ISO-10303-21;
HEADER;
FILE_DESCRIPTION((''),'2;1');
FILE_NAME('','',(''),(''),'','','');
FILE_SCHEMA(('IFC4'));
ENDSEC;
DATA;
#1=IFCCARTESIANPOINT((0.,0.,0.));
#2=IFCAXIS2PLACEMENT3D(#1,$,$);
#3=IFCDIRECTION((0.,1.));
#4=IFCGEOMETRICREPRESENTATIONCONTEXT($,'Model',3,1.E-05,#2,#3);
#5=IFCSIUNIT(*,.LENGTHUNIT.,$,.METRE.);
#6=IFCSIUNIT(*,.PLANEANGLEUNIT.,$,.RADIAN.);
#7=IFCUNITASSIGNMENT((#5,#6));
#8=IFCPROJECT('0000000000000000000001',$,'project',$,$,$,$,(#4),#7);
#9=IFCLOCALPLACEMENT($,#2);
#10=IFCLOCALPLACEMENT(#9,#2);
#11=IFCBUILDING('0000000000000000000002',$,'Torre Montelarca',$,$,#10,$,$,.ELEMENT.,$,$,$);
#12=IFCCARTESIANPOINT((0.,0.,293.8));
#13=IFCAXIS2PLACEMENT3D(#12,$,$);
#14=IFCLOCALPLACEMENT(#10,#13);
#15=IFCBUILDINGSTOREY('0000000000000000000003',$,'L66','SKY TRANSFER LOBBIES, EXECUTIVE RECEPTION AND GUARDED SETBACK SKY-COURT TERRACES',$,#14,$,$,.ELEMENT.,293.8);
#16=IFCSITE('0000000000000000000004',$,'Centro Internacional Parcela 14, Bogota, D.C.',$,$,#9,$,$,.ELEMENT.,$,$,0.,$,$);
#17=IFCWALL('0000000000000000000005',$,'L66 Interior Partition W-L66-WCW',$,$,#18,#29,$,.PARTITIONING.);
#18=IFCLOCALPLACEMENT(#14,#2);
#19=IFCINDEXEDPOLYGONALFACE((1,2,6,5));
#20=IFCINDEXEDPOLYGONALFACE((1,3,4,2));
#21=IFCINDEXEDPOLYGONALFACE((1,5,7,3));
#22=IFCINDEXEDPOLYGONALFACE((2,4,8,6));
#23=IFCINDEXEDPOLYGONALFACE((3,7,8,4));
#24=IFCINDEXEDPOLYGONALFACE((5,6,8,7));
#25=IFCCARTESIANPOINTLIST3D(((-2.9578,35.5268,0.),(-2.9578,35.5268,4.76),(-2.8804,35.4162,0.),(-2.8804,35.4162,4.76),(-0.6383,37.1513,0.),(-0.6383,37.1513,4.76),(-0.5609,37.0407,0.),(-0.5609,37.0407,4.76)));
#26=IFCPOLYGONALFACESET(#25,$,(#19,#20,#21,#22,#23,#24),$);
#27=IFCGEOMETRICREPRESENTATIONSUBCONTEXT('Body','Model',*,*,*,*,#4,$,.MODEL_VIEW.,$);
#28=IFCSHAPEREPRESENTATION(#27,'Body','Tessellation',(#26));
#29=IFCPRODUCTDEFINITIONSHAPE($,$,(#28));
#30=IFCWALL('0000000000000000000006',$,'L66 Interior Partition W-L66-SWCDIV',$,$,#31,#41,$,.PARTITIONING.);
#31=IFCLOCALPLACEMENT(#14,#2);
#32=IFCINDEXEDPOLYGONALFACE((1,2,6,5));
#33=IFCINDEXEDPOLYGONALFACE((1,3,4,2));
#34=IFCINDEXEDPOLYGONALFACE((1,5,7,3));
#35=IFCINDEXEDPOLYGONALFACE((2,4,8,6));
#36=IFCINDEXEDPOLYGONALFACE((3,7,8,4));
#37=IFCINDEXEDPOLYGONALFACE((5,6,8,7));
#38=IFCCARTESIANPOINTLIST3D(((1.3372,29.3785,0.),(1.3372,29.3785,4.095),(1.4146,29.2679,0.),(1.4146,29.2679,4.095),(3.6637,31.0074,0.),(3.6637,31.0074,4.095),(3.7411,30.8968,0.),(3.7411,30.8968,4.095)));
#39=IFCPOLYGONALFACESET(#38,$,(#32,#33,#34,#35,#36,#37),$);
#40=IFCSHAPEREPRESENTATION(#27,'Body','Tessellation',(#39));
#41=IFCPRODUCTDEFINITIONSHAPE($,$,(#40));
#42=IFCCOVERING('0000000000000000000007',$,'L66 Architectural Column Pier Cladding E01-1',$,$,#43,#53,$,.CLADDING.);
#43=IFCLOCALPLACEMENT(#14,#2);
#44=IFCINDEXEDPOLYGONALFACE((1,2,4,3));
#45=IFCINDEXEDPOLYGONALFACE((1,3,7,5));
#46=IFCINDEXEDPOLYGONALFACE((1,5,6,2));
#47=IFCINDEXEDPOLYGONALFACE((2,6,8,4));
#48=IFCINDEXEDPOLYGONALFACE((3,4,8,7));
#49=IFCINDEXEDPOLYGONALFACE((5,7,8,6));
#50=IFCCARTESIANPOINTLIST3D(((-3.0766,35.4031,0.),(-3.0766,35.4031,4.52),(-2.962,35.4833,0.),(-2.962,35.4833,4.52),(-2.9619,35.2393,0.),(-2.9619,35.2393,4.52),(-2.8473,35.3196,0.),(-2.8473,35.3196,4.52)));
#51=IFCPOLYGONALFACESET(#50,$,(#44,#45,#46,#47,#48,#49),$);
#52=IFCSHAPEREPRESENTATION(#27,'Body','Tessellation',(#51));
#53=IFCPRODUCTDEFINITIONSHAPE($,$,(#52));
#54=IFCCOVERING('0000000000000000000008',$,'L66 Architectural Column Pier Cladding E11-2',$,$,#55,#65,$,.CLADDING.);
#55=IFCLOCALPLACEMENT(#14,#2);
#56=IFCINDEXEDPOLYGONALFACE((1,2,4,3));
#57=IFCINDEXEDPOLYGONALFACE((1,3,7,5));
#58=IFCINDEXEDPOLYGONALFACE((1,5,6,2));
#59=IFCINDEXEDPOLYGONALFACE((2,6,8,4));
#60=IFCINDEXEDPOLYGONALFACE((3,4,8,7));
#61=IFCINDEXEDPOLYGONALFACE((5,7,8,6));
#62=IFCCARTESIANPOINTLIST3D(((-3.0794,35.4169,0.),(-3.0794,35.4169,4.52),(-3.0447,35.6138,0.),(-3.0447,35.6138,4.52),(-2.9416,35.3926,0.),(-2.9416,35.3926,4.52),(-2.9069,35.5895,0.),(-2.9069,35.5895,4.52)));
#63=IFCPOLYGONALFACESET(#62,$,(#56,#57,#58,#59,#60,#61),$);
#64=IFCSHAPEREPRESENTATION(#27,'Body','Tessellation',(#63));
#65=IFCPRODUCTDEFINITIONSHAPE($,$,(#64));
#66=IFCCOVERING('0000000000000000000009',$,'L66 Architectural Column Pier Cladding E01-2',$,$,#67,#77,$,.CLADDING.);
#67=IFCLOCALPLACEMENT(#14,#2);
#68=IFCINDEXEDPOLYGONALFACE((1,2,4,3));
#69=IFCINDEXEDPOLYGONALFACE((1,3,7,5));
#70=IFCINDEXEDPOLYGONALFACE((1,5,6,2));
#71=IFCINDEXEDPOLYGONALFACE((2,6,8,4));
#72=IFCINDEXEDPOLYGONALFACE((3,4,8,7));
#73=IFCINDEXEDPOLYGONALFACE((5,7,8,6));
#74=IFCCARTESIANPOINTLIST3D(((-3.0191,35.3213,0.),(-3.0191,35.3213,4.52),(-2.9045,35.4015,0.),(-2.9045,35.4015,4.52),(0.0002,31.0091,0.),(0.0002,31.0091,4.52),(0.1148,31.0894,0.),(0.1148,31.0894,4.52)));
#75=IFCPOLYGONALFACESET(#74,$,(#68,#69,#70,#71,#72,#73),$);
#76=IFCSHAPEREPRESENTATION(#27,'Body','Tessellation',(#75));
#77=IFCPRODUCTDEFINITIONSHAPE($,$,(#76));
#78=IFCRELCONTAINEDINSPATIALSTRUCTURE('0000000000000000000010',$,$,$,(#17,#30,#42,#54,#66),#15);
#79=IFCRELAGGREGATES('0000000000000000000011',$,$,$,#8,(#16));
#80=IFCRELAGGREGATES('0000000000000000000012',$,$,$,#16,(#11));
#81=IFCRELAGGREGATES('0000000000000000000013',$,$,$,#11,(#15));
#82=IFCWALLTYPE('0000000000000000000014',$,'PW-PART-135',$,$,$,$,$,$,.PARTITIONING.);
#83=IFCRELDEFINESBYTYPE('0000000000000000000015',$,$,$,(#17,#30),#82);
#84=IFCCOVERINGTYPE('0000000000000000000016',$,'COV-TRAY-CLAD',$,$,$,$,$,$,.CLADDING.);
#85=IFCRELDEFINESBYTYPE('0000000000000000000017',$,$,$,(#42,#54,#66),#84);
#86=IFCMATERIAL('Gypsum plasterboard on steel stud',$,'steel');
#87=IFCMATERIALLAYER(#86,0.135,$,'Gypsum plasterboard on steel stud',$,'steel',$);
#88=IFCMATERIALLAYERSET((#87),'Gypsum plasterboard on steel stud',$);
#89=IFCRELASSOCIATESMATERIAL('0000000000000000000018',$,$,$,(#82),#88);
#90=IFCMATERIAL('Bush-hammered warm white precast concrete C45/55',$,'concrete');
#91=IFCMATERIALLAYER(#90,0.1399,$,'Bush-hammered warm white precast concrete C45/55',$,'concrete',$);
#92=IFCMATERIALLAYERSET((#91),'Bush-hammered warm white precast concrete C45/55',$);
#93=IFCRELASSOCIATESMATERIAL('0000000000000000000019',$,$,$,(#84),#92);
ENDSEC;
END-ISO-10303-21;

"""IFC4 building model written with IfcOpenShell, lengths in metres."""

from ifc_helpers import new_model, si_unit, direction, frame, frame_2d, origin, origin_2d, place, context, subcontext, project, spatial, rectangle, extrude, source, transform, mapped, material, layer, layer_set, type_object, element, save


model = new_model("IFC4")

# Units and contexts
model_context = context("Model", 3, precision=1e-05, world=origin(), true_north=direction((0.0, 1.0)))
body_context = subcontext(model_context, "Body", "Model", "MODEL_VIEW")
ifc_project = project(units=[si_unit("LENGTHUNIT", "METRE"), si_unit("PLANEANGLEUNIT", "RADIAN")], contexts=[model_context])

# Site, building, storey
site_placement = place(None, origin())
site = spatial("IfcSite", under=ifc_project, at=site_placement, Name="Centro Internacional Parcela 14, Bogota, D.C.", CompositionType="ELEMENT", RefElevation=0.0)
building_placement = place(site_placement, origin())
building = spatial("IfcBuilding", under=site, at=building_placement, Name="Torre Montelarca", CompositionType="ELEMENT")
storey_placement = place(building_placement, frame((0.0, 0.0, 293.8)))
storey = spatial("IfcBuildingStorey", under=building, at=storey_placement, Name="L66", Description="SKY TRANSFER LOBBIES, EXECUTIVE RECEPTION AND GUARDED SETBACK SKY-COURT TERRACES", CompositionType="ELEMENT", Elevation=293.8)

# Walls
ifc_material_1 = material(Name="Gypsum plasterboard on steel stud", Category="steel")
ifc_layer_1 = layer(ifc_material_1, 0.135, Name="Gypsum plasterboard on steel stud", Category="steel")
ifc_layer_set_1 = layer_set([ifc_layer_1], Name="Gypsum plasterboard on steel stud")
wall_type_1 = type_object("IfcWallType", Name="PW-PART-135", PredefinedType="PARTITIONING", material=ifc_layer_set_1)
wall_1_placement = place(storey_placement, frame((-2.9192, 35.4714, 0.0), z_axis=(0.0, 0.0, 1.0), x_axis=(0.819098, 0.573653, 0.0)))
element("IfcWall", 1, at=wall_1_placement, inside=storey, type_object=wall_type_1, Name="L66 Interior Partition W-L66-WCW", PredefinedType="PARTITIONING", context=body_context, shape_type="SweptSolid", body=[
    extrude(rectangle(XDim=2.8318, YDim=0.135, at=frame_2d((1.416, 0.0))), origin(), (0.0, 0.0, 1.0), 4.76),
])
wall_2_placement = place(storey_placement, frame((1.376, 29.3232, 0.0), z_axis=(0.0, 0.0, 1.0), x_axis=(0.819163, 0.57356, 0.0)))
element("IfcWall", 2, at=wall_2_placement, inside=storey, type_object=wall_type_1, Name="L66 Interior Partition W-L66-SWCDIV", PredefinedType="PARTITIONING", context=body_context, shape_type="SweptSolid", body=[
    extrude(rectangle(XDim=2.8401, YDim=0.135, at=frame_2d((1.4199, 0.0))), origin(), (0.0, 0.0, 1.0), 4.095),
])

# Coverings
ifc_material_2 = material(Name="Bush-hammered warm white precast concrete C45/55", Category="concrete")
ifc_layer_2 = layer(ifc_material_2, 0.1399, Name="Bush-hammered warm white precast concrete C45/55", Category="concrete")
ifc_layer_set_2 = layer_set([ifc_layer_2], Name="Bush-hammered warm white precast concrete C45/55")
covering_type = type_object("IfcCoveringType", Name="COV-TRAY-CLAD", PredefinedType="CLADDING", material=ifc_layer_set_2)
shared_shape_1 = source(origin(), body_context, "Body", "SweptSolid", [
    extrude(rectangle(XDim=0.2, YDim=0.1399, at=origin_2d()), origin(), (0.0, 0.0, 1.0), 4.52),
])
for number, where, z_axis, x_axis, name in (
    (3, (-2.9619, 35.3613, 0.0), (0.0, 0.0, 1.0), (0.573572, -0.819155, 0.0), "L66 Architectural Column Pier Cladding E01-1"),
    (4, (-2.9932, 35.5032, 0.0), (0.0, 0.0, 1.0), (-0.173646, -0.984808, 0.0), "L66 Architectural Column Pier Cladding E11-2"),
):
    element("IfcCovering", number, at=place(storey_placement, frame(where, z_axis=z_axis, x_axis=x_axis)), inside=storey, type_object=covering_type, Name=name, PredefinedType="CLADDING", context=body_context, shape_type="MappedRepresentation", body=[
        mapped(shared_shape_1, transform((0.0, 0.0, 0.0), scale=1.0)),
    ])
shared_shape_2 = source(origin(), body_context, "Body", "SweptSolid", [
    extrude(rectangle(XDim=5.2642, YDim=0.1399, at=origin_2d()), origin(), (0.0, 0.0, 1.0), 4.52),
])
covering_placement = place(storey_placement, frame((-1.4521, 33.2053, 0.0), z_axis=(0.0, 0.0, 1.0), x_axis=(0.573572, -0.819155, 0.0)))
element("IfcCovering", 5, at=covering_placement, inside=storey, type_object=covering_type, Name="L66 Architectural Column Pier Cladding E01-2", PredefinedType="CLADDING", context=body_context, shape_type="MappedRepresentation", body=[
    mapped(shared_shape_2, transform((0.0, 0.0, 0.0), scale=1.0)),
])

save(model, "model.ifc")
